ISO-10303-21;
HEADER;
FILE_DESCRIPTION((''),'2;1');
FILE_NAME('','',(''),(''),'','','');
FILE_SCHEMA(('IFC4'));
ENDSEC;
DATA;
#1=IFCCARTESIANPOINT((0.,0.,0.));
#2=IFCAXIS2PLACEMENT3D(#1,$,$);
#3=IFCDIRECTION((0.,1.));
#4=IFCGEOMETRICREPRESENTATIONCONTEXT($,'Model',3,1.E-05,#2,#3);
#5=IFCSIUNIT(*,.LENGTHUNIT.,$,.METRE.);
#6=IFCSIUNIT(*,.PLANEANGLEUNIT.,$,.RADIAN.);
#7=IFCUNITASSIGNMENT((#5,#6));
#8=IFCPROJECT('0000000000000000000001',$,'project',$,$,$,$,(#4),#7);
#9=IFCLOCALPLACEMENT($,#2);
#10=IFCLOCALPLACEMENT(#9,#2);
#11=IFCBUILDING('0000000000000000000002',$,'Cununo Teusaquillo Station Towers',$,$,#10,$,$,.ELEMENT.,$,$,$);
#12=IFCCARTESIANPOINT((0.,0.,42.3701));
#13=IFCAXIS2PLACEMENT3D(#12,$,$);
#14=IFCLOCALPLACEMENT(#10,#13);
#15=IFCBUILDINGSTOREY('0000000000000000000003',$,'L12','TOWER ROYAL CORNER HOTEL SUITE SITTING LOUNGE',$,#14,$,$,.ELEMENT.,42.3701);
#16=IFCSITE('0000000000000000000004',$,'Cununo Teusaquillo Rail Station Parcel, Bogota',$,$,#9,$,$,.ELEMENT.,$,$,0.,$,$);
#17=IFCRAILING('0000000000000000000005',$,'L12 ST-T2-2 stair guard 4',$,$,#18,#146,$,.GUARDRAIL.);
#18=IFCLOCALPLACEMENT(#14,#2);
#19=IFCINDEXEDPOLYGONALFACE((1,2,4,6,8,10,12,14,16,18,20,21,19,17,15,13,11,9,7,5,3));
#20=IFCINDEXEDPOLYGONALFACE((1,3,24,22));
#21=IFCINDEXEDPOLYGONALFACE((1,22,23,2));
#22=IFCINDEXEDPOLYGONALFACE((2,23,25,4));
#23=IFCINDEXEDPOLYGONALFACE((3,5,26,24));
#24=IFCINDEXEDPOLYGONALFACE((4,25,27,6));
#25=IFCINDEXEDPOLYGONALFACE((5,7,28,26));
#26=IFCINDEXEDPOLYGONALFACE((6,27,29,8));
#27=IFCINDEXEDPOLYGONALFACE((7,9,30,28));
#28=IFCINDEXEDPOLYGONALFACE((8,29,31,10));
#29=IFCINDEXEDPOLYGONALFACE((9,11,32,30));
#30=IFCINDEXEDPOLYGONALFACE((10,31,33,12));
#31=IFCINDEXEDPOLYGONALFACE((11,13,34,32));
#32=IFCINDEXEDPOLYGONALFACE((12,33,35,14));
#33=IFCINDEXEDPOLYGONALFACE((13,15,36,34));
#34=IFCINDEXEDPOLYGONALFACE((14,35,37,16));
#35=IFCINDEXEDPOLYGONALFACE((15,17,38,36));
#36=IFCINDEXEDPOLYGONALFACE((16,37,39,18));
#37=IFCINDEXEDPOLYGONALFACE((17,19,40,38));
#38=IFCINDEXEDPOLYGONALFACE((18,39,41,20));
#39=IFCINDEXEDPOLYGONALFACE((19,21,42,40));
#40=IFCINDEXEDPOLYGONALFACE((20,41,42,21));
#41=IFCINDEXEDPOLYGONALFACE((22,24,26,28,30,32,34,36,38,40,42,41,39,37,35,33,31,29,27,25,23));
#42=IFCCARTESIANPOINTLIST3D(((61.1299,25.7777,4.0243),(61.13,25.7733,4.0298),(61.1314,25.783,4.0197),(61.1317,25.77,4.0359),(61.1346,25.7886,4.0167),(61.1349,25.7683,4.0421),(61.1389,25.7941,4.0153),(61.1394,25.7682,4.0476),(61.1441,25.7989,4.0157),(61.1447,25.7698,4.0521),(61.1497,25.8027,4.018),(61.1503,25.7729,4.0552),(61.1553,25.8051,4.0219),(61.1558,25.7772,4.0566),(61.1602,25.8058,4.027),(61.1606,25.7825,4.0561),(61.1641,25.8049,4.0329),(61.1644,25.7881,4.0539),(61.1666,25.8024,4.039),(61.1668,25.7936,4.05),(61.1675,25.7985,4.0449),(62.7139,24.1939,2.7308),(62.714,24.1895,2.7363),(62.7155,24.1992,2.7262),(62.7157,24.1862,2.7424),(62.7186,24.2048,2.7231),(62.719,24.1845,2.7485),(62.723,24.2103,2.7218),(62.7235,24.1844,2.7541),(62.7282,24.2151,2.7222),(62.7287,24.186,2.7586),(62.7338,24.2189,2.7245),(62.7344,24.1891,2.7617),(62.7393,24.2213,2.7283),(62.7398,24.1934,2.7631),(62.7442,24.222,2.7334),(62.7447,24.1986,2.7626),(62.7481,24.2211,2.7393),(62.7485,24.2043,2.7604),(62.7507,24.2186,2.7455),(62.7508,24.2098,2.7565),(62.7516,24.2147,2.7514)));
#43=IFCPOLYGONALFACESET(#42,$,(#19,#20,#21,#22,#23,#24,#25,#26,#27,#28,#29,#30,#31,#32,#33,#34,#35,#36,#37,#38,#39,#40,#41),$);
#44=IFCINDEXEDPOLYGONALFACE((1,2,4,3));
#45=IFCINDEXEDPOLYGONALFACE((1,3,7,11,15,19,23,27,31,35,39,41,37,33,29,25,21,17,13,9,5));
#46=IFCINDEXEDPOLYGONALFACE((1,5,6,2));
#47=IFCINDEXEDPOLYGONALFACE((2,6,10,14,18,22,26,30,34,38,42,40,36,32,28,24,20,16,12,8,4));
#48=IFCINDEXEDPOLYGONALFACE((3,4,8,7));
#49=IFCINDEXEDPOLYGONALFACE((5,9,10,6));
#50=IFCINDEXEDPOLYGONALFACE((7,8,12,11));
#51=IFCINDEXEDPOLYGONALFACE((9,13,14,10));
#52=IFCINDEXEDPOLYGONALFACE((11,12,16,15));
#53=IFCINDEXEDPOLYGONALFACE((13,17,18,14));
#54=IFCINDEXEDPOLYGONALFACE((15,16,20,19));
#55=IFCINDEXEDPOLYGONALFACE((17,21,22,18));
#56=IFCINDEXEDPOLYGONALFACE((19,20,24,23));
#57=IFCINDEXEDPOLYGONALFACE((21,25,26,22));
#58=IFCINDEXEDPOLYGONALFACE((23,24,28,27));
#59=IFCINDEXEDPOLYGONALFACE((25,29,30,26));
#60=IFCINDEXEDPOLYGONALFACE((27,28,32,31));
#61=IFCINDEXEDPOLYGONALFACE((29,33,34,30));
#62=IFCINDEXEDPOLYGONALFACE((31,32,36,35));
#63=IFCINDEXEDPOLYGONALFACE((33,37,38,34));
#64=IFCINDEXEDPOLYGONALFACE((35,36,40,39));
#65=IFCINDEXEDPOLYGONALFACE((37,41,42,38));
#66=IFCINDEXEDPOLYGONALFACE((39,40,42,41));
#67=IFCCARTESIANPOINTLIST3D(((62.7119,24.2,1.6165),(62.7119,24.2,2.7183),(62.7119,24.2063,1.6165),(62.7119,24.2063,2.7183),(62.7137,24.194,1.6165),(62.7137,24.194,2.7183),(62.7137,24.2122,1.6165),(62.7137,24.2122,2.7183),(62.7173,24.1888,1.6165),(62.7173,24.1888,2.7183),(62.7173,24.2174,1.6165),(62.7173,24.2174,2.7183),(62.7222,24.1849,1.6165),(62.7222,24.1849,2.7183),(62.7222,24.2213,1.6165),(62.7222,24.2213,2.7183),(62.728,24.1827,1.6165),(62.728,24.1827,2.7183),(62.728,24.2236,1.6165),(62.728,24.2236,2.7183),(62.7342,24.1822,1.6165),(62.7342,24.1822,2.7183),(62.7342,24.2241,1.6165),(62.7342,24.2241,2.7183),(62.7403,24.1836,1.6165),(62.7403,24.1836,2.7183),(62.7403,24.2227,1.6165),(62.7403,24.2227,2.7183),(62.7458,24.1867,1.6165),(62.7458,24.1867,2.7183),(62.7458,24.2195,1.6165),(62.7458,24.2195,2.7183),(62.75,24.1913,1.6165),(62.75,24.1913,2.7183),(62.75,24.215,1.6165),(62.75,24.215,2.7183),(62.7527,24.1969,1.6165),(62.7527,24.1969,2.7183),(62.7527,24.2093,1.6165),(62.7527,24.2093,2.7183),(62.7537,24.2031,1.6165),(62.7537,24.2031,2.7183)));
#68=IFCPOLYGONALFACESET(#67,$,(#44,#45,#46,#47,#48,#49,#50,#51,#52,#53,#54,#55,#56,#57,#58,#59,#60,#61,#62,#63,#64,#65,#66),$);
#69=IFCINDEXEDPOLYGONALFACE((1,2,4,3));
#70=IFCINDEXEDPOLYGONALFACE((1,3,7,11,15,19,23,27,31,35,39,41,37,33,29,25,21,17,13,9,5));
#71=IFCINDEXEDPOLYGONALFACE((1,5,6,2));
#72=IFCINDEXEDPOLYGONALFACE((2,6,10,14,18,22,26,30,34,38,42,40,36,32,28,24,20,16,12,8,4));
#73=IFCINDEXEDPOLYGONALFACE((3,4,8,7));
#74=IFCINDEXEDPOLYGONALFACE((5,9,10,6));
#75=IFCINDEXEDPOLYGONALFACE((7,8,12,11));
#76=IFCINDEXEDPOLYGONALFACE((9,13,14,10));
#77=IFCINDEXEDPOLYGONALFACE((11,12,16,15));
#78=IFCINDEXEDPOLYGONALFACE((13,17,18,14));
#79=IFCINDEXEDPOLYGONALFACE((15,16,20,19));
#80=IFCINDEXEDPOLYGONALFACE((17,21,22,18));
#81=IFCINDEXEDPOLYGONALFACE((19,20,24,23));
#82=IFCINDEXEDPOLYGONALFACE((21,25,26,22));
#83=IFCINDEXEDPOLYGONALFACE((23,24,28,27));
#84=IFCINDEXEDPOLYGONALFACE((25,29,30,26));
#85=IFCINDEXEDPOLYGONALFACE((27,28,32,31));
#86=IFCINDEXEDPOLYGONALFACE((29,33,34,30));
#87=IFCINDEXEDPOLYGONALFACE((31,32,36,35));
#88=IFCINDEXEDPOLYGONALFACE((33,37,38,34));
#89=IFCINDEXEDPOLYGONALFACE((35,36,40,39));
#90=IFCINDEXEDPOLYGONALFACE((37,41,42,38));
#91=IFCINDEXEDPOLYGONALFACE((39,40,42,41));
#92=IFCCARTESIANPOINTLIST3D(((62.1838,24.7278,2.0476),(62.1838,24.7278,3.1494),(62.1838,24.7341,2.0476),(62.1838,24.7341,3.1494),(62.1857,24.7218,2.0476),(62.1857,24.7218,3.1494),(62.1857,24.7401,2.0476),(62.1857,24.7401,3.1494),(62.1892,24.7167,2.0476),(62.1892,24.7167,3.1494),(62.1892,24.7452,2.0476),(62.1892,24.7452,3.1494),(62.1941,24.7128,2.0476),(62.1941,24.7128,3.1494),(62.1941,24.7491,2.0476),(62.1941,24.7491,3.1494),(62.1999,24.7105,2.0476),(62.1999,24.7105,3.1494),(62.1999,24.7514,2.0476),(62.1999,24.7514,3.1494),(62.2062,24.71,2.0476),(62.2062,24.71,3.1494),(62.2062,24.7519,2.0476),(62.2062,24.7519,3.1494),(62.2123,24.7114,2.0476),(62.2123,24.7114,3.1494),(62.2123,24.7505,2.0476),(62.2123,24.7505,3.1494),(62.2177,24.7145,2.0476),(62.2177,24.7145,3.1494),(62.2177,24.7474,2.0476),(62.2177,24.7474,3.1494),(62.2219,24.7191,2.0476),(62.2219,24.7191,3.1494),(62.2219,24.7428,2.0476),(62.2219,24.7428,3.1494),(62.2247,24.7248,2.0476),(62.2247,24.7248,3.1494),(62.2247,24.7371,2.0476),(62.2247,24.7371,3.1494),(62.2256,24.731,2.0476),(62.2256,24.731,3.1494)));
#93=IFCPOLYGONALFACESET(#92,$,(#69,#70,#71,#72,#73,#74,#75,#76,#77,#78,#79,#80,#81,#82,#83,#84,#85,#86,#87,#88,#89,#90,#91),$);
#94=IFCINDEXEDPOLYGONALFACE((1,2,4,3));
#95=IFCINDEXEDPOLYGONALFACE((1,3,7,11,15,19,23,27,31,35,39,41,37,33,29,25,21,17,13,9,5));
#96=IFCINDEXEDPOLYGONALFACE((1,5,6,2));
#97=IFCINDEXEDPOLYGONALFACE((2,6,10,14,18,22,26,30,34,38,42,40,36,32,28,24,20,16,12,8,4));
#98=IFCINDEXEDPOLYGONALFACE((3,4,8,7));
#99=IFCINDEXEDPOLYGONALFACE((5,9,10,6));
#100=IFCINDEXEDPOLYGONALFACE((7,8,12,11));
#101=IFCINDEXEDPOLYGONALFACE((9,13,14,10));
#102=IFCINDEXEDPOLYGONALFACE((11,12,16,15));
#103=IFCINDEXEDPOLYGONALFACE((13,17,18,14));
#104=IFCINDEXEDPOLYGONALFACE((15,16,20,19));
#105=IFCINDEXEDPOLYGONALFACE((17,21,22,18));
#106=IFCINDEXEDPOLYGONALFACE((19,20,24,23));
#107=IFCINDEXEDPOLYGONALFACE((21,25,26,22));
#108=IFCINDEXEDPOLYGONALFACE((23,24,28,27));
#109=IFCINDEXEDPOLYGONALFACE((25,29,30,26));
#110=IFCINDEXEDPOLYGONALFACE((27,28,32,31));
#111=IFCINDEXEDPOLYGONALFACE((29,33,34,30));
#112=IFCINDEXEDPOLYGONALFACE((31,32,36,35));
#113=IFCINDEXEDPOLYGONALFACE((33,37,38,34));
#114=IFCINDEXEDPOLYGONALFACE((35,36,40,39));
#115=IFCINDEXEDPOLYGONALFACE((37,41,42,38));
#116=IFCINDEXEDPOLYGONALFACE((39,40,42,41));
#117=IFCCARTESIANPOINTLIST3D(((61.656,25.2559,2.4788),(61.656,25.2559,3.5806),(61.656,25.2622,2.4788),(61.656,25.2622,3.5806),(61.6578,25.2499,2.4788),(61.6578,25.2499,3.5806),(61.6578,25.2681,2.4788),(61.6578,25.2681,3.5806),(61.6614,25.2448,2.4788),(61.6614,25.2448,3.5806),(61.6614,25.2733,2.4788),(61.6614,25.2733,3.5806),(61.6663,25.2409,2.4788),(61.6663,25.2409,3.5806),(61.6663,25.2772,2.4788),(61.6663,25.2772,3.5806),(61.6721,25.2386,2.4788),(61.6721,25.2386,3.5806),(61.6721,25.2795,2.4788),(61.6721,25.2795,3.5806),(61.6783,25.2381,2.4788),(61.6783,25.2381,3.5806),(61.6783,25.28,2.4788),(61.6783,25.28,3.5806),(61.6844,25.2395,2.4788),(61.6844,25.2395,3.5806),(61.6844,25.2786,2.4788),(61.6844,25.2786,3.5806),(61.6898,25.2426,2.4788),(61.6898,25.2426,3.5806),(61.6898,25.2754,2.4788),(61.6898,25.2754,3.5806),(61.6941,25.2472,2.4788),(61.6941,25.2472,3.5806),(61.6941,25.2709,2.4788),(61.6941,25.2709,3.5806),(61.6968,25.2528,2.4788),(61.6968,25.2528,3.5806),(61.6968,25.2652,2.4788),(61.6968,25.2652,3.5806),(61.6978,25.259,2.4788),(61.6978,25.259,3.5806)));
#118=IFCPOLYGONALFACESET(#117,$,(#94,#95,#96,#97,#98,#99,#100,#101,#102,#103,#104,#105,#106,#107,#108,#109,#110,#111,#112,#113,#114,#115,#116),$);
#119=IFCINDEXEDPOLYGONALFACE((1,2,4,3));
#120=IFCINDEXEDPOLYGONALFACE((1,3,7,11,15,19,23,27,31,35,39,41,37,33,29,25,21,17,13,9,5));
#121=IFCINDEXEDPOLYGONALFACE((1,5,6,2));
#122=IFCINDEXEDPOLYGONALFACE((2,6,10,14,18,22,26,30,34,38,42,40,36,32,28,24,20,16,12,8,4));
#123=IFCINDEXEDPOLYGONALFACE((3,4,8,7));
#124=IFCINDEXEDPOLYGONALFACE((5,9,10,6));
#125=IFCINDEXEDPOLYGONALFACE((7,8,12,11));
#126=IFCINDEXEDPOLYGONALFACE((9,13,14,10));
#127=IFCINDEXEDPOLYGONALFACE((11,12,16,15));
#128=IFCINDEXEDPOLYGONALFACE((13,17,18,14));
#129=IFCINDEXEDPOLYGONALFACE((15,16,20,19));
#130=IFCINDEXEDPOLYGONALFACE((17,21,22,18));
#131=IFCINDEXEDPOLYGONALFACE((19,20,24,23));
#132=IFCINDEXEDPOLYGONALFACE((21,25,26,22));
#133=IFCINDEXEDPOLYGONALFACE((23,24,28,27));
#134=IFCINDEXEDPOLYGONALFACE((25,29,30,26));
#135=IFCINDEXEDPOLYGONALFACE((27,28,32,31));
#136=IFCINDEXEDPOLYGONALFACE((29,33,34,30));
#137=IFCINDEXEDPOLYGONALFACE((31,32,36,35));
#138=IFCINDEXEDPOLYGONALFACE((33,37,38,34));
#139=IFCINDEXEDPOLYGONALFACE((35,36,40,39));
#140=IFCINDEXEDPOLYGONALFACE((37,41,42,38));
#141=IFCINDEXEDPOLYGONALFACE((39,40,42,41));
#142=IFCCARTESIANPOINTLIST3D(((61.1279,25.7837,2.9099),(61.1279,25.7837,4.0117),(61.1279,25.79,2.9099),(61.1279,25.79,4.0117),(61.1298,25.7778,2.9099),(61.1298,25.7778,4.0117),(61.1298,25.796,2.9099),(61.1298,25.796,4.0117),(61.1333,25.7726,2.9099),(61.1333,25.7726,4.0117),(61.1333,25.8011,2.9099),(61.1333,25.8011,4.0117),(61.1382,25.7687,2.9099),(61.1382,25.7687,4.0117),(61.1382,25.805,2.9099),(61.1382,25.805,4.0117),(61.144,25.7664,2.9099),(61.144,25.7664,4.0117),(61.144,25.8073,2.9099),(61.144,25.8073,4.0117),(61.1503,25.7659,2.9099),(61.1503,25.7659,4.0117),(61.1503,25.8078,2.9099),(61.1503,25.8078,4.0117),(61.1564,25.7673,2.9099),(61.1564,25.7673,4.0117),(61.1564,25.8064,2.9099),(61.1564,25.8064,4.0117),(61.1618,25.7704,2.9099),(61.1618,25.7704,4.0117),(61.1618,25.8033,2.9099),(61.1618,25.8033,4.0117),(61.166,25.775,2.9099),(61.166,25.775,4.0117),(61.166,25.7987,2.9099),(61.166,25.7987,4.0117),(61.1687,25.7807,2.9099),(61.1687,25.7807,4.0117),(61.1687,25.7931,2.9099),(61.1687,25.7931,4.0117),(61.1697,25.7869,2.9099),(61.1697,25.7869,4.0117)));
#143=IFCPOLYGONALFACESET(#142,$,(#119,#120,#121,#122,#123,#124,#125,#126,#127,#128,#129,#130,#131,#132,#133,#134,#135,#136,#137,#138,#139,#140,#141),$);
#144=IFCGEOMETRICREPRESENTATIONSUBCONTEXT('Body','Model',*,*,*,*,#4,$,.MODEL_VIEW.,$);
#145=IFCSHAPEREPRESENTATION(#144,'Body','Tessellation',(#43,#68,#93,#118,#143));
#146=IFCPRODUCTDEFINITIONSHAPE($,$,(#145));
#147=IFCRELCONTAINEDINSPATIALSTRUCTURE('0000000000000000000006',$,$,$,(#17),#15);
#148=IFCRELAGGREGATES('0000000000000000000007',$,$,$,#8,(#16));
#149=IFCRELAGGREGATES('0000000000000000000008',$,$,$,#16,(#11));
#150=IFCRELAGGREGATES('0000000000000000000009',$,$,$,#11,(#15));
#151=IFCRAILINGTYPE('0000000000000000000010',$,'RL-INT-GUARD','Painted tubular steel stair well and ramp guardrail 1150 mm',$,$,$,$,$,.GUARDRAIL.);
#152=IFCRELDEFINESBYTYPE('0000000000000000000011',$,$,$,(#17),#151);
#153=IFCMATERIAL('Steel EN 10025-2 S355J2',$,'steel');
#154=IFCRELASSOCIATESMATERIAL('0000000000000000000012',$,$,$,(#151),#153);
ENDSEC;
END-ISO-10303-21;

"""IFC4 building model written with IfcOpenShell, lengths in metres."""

from ifc_helpers import new_model, si_unit, direction, frame, origin, origin_2d, place, context, subcontext, project, spatial, circle, extrude, material, type_object, element, save


model = new_model("IFC4")

# Units and contexts
model_context = context("Model", 3, precision=1e-05, world=origin(), true_north=direction((0.0, 1.0)))
body_context = subcontext(model_context, "Body", "Model", "MODEL_VIEW")
ifc_project = project(units=[si_unit("LENGTHUNIT", "METRE"), si_unit("PLANEANGLEUNIT", "RADIAN")], contexts=[model_context])

# Site, building, storey
site_placement = place(None, origin())
site = spatial("IfcSite", under=ifc_project, at=site_placement, Name="Cununo Teusaquillo Rail Station Parcel, Bogota", CompositionType="ELEMENT", RefElevation=0.0)
building_placement = place(site_placement, origin())
building = spatial("IfcBuilding", under=site, at=building_placement, Name="Cununo Teusaquillo Station Towers", CompositionType="ELEMENT")
storey_placement = place(building_placement, frame((0.0, 0.0, 42.3701)))
storey = spatial("IfcBuildingStorey", under=building, at=storey_placement, Name="L12", Description="TOWER ROYAL CORNER HOTEL SUITE SITTING LOUNGE", CompositionType="ELEMENT", Elevation=42.3701)

# Railing
ifc_material_1 = material(Name="Steel EN 10025-2 S355J2", Category="steel")
railing_type_1 = type_object("IfcRailingType", Name="RL-INT-GUARD", Description="Painted tubular steel stair well and ramp guardrail 1150 mm", PredefinedType="GUARDRAIL", material=ifc_material_1)
railing_1_placement = place(storey_placement, frame((62.7327, 24.2031, 1.6165)))
element("IfcRailing", 1, at=railing_1_placement, inside=storey, type_object=railing_type_1, Name="L12 ST-T2-2 stair guard 4", PredefinedType="GUARDRAIL", context=body_context, shape_type="SweptSolid", body=[
    extrude(circle(Radius=0.0239, at=origin_2d()), frame((0.0, 0.0, 1.126), z_axis=(-0.612391, 0.612297, 0.500069), x_axis=(-0.707052, -0.707161, 0.0)), (0.0, 0.0, 1.0), 2.5867),
    extrude(circle(Radius=0.021, at=origin_2d()), origin(), (0.0, 0.0, 1.0), 1.1018),
    extrude(circle(Radius=0.021, at=origin_2d()), frame((-0.5281, 0.5278, 0.4312)), (0.0, 0.0, 1.0), 1.1018),
    extrude(circle(Radius=0.021, at=origin_2d()), frame((-1.0559, 1.0559, 0.8623)), (0.0, 0.0, 1.0), 1.1018),
    extrude(circle(Radius=0.021, at=origin_2d()), frame((-1.584, 1.5837, 1.2935)), (0.0, 0.0, 1.0), 1.1018),
])

save(model, "model.ifc")
